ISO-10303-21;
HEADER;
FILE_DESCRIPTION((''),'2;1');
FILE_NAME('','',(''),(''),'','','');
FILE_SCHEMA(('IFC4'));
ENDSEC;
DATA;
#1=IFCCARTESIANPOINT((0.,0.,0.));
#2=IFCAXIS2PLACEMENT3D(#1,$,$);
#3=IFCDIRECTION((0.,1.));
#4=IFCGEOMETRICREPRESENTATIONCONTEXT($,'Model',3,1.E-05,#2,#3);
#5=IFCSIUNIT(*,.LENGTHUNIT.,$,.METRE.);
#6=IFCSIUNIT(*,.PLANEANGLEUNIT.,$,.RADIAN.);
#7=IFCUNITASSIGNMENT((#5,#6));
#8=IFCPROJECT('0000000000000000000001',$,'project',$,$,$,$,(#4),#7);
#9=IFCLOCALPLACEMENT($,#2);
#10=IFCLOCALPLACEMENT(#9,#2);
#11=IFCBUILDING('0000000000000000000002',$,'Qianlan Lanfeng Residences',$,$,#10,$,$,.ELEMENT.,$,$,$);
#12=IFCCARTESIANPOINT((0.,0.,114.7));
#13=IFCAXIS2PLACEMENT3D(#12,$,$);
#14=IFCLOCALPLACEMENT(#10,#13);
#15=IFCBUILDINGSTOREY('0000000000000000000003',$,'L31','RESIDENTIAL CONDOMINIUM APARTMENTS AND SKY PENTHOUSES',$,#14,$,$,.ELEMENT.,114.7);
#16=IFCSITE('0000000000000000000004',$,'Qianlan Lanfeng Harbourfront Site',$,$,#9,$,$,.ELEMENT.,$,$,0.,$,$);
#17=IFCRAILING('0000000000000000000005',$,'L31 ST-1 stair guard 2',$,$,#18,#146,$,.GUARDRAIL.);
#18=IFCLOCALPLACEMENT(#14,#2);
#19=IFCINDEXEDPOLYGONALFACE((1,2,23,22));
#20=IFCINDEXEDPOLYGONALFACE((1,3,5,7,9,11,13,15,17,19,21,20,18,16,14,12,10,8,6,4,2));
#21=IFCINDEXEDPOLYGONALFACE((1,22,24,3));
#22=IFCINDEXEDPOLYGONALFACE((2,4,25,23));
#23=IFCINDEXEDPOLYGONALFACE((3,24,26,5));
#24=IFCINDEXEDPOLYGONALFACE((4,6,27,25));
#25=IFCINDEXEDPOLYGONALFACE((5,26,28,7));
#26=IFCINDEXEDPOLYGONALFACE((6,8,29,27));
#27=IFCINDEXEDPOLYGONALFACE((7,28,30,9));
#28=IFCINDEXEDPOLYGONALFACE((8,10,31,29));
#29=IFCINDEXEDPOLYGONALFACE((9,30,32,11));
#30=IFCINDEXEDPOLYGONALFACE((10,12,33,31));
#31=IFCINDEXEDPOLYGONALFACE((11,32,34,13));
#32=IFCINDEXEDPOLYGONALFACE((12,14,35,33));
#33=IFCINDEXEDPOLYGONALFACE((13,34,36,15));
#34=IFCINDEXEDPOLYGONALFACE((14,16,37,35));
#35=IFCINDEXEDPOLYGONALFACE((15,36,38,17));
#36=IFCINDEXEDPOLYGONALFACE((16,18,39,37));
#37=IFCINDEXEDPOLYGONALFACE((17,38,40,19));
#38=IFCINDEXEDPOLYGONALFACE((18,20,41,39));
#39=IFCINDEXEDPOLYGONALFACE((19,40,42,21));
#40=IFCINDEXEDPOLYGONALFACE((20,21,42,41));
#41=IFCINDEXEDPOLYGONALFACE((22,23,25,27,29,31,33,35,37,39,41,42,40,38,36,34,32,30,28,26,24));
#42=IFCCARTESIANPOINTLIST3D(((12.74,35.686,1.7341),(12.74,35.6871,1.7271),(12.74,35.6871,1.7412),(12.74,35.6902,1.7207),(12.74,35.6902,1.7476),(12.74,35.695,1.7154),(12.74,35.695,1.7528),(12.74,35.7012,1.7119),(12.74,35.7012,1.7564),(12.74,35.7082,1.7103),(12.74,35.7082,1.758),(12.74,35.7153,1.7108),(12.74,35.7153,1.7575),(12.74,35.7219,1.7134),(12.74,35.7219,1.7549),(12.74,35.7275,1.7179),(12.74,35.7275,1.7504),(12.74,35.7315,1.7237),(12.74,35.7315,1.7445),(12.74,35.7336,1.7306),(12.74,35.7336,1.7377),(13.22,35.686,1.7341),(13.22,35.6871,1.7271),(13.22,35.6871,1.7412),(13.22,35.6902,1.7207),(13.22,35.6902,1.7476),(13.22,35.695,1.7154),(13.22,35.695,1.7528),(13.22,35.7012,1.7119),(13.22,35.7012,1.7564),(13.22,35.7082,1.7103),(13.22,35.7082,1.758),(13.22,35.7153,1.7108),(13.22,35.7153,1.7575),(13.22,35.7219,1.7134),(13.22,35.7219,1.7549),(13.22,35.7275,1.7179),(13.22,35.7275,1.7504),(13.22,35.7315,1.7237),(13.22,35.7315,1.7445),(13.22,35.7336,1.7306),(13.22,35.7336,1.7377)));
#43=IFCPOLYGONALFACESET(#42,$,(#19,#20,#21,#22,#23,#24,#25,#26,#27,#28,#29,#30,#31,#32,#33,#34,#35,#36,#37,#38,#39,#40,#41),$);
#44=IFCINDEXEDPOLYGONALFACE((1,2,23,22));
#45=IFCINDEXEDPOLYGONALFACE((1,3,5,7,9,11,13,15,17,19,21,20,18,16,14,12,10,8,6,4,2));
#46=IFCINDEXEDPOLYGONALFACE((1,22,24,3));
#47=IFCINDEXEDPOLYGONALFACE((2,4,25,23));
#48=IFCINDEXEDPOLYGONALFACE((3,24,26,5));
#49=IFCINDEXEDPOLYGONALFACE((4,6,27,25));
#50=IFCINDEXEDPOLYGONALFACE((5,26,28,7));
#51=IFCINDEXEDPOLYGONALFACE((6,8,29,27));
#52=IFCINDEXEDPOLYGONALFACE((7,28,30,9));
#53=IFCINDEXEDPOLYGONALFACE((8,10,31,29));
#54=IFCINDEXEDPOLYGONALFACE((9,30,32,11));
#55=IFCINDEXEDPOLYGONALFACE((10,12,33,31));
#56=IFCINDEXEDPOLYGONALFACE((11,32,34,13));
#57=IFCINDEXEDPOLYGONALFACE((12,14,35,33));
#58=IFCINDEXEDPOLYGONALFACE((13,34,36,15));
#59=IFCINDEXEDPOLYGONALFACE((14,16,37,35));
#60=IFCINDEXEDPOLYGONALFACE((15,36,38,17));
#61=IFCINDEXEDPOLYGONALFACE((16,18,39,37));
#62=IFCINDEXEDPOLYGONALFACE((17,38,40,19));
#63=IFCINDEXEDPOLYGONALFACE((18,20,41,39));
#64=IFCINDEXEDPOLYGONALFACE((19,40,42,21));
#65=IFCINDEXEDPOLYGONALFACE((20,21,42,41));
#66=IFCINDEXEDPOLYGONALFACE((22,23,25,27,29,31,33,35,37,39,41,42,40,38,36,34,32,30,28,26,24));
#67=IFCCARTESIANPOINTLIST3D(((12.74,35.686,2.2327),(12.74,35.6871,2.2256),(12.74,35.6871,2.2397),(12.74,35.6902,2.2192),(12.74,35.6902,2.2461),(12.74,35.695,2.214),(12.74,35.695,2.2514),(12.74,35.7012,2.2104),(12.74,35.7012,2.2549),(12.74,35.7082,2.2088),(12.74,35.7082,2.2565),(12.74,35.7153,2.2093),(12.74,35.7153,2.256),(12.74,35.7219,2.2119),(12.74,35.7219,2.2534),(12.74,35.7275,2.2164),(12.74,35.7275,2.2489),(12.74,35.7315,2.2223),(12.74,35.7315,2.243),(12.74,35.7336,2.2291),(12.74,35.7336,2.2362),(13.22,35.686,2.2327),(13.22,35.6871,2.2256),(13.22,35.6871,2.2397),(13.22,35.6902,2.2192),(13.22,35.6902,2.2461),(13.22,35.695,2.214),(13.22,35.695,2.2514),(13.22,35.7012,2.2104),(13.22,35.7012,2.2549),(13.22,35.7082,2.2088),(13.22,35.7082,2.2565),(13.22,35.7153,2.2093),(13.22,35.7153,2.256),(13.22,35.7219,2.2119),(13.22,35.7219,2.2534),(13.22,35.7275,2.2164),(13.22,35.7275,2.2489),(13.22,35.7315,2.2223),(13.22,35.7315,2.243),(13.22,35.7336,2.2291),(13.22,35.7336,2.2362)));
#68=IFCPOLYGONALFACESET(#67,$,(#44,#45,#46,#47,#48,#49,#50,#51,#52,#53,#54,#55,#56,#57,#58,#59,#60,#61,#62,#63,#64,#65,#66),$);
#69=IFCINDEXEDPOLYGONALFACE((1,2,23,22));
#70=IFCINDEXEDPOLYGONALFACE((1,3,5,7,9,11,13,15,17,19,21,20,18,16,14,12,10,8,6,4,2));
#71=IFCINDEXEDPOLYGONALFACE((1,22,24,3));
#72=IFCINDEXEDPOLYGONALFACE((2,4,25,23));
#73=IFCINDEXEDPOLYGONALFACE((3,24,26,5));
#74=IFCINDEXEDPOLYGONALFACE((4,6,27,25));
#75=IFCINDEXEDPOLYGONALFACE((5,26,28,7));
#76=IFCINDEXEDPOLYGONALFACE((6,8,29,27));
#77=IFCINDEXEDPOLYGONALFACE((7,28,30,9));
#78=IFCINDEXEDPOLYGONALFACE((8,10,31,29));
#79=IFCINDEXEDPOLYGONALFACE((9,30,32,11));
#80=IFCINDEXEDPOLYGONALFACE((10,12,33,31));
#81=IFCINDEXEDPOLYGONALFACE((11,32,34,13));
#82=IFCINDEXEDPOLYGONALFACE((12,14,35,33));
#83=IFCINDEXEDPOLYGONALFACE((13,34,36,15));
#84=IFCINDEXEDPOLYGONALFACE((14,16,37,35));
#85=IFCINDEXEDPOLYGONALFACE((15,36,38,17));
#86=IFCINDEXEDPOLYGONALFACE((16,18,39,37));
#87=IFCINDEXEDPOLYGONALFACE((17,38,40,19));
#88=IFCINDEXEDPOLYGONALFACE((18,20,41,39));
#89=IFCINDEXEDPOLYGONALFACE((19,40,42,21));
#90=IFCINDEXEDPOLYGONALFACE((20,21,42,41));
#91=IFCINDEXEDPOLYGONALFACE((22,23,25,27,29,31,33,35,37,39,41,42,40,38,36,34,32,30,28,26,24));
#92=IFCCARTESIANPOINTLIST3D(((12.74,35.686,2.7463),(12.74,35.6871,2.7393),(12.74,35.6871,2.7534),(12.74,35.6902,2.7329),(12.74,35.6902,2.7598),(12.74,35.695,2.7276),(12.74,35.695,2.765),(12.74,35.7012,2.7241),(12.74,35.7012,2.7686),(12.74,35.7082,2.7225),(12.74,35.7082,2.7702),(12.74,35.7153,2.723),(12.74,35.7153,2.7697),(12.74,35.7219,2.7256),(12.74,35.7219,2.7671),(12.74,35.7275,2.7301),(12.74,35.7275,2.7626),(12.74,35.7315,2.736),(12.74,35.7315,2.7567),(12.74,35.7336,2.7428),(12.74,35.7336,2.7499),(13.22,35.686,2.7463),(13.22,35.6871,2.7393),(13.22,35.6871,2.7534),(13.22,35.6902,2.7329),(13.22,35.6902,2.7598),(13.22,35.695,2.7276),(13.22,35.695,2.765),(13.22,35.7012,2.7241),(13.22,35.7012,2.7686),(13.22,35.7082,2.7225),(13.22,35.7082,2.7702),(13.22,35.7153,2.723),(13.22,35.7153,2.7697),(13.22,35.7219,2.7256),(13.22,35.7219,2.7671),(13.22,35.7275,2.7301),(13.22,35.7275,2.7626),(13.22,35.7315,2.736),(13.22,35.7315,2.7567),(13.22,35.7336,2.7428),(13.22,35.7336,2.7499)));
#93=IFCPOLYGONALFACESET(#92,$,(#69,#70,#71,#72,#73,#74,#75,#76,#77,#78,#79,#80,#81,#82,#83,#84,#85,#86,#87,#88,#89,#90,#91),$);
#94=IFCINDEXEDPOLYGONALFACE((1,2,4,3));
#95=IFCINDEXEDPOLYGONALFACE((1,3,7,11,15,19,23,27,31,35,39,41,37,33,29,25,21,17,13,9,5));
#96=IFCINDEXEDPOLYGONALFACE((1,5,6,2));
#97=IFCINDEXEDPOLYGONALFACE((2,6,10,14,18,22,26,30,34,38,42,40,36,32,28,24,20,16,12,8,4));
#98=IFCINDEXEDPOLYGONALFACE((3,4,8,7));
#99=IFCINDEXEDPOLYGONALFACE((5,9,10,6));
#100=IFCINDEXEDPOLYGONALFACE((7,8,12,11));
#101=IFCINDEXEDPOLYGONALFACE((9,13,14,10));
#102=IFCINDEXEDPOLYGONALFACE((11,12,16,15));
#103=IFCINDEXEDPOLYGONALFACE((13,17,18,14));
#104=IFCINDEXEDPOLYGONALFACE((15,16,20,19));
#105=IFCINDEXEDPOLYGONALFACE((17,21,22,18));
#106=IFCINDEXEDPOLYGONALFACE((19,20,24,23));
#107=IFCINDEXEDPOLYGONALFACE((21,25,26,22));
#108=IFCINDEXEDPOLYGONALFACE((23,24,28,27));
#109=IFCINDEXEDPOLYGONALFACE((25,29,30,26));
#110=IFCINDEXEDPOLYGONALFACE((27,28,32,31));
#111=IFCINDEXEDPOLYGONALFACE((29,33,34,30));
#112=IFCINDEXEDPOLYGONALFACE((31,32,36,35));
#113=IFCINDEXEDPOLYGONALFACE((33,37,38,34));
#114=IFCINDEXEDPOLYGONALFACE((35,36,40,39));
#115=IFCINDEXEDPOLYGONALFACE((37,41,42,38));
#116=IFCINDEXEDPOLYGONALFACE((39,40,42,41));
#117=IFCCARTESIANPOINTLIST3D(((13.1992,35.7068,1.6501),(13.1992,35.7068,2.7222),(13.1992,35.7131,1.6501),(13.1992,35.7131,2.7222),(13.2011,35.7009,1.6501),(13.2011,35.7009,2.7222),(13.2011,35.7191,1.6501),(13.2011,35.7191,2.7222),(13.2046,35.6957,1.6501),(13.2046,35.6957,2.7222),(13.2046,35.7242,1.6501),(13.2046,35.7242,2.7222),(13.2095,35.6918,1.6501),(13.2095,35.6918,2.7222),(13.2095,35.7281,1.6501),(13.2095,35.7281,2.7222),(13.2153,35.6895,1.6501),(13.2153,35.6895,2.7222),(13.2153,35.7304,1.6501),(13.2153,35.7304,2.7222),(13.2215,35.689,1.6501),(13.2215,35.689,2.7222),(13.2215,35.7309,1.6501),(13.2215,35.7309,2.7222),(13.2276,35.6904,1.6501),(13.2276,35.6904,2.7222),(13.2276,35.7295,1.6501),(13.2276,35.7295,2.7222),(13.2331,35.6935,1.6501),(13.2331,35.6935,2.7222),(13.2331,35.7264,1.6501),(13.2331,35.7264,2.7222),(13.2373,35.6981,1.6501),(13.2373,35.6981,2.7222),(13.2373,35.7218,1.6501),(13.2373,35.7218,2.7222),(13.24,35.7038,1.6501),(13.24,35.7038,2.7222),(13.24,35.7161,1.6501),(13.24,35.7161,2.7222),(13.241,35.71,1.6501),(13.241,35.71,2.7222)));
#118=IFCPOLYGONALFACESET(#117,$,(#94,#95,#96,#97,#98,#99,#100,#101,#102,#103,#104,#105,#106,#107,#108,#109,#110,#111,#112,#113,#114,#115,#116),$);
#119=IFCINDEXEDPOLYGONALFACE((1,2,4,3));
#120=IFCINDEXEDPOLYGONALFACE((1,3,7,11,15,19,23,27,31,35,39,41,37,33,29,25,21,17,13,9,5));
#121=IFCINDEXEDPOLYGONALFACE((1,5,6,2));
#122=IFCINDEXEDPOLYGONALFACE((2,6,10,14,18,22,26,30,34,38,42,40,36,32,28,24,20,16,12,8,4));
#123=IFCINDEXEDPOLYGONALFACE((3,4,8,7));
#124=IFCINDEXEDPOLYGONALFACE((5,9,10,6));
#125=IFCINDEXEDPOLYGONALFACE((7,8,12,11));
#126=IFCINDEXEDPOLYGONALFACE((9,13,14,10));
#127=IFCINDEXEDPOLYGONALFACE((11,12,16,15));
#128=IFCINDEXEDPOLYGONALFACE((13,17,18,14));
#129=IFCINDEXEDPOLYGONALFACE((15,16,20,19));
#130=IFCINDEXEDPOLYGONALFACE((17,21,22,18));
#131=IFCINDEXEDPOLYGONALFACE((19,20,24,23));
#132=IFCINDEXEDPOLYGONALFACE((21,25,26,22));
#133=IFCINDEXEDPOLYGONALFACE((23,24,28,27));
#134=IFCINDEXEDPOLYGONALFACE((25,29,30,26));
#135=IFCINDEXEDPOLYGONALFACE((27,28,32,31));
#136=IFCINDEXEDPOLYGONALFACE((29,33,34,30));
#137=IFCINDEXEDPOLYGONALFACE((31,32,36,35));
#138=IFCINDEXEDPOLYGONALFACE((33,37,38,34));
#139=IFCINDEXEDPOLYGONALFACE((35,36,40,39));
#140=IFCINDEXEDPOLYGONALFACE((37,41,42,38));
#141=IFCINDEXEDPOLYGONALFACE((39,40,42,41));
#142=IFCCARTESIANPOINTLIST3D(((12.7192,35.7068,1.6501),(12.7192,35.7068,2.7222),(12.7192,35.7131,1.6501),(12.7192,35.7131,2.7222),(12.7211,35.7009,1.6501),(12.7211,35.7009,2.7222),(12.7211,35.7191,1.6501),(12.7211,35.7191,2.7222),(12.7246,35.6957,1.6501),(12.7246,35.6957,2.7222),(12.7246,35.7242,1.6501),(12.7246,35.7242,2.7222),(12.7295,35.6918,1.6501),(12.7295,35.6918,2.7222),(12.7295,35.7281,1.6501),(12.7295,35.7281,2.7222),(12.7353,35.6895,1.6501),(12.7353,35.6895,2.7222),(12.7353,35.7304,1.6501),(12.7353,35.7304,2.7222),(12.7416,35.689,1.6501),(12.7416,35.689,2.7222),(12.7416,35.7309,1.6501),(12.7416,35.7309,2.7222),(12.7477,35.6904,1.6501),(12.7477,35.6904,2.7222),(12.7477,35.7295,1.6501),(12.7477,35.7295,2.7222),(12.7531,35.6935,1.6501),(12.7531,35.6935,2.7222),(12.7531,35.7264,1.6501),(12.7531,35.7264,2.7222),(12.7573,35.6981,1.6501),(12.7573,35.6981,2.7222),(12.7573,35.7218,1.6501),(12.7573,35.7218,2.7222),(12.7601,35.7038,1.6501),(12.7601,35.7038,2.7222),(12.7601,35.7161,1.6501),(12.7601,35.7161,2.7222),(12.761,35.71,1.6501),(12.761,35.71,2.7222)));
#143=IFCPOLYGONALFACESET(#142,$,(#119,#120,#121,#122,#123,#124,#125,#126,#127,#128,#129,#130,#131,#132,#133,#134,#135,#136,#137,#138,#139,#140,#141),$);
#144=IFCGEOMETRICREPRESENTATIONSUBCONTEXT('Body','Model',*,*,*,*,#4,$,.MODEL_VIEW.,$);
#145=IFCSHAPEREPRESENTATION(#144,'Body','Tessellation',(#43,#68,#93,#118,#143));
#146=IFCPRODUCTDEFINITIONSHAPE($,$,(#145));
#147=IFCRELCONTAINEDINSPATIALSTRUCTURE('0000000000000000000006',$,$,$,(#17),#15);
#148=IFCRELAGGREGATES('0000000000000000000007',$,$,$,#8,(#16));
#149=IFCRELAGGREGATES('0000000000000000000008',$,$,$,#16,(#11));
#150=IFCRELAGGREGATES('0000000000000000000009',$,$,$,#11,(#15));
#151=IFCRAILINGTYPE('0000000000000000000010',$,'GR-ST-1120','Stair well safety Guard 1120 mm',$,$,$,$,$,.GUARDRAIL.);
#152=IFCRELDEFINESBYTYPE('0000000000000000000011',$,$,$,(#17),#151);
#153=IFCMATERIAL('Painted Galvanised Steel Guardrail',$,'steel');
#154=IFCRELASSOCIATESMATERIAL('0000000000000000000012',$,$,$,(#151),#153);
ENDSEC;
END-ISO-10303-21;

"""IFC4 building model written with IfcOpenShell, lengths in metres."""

from ifc_helpers import new_model, si_unit, direction, frame, origin, origin_2d, place, context, subcontext, project, spatial, circle, extrude, material, type_object, element, save


model = new_model("IFC4")

# Units and contexts
model_context = context("Model", 3, precision=1e-05, world=origin(), true_north=direction((0.0, 1.0)))
body_context = subcontext(model_context, "Body", "Model", "MODEL_VIEW")
ifc_project = project(units=[si_unit("LENGTHUNIT", "METRE"), si_unit("PLANEANGLEUNIT", "RADIAN")], contexts=[model_context])

# Site, building, storey
site_placement = place(None, origin())
site = spatial("IfcSite", under=ifc_project, at=site_placement, Name="Qianlan Lanfeng Harbourfront Site", CompositionType="ELEMENT", RefElevation=0.0)
building_placement = place(site_placement, origin())
building = spatial("IfcBuilding", under=site, at=building_placement, Name="Qianlan Lanfeng Residences", CompositionType="ELEMENT")
storey_placement = place(building_placement, frame((0.0, 0.0, 114.7)))
storey = spatial("IfcBuildingStorey", under=building, at=storey_placement, Name="L31", Description="RESIDENTIAL CONDOMINIUM APARTMENTS AND SKY PENTHOUSES", CompositionType="ELEMENT", Elevation=114.7)

# Railing
ifc_material_1 = material(Name="Painted Galvanised Steel Guardrail", Category="steel")
railing_type_1 = type_object("IfcRailingType", Name="GR-ST-1120", Description="Stair well safety Guard 1120 mm", PredefinedType="GUARDRAIL", material=ifc_material_1)
railing_1_placement = place(storey_placement, frame((13.22, 35.71, 1.6501)))
element("IfcRailing", 1, at=railing_1_placement, inside=storey, type_object=railing_type_1, Name="L31 ST-1 stair guard 2", PredefinedType="GUARDRAIL", context=body_context, shape_type="SweptSolid", body=[
    extrude(circle(Radius=0.0239, at=origin_2d()), frame((0.0, 0.0, 0.084), z_axis=(-1.0, 0.0, 0.0), x_axis=(0.0, -1.0, 0.0)), (0.0, 0.0, 1.0), 0.48),
    extrude(circle(Radius=0.0239, at=origin_2d()), frame((0.0, 0.0, 0.5825), z_axis=(-1.0, 0.0, 0.0), x_axis=(0.0, -1.0, 0.0)), (0.0, 0.0, 1.0), 0.48),
    extrude(circle(Radius=0.0239, at=origin_2d()), frame((0.0, 0.0, 1.0962), z_axis=(-1.0, 0.0, 0.0), x_axis=(0.0, -1.0, 0.0)), (0.0, 0.0, 1.0), 0.48),
    extrude(circle(Radius=0.021, at=origin_2d()), origin(), (0.0, 0.0, 1.0), 1.072),
    extrude(circle(Radius=0.021, at=origin_2d()), frame((-0.48, 0.0, 0.0)), (0.0, 0.0, 1.0), 1.072),
])

save(model, "model.ifc")
